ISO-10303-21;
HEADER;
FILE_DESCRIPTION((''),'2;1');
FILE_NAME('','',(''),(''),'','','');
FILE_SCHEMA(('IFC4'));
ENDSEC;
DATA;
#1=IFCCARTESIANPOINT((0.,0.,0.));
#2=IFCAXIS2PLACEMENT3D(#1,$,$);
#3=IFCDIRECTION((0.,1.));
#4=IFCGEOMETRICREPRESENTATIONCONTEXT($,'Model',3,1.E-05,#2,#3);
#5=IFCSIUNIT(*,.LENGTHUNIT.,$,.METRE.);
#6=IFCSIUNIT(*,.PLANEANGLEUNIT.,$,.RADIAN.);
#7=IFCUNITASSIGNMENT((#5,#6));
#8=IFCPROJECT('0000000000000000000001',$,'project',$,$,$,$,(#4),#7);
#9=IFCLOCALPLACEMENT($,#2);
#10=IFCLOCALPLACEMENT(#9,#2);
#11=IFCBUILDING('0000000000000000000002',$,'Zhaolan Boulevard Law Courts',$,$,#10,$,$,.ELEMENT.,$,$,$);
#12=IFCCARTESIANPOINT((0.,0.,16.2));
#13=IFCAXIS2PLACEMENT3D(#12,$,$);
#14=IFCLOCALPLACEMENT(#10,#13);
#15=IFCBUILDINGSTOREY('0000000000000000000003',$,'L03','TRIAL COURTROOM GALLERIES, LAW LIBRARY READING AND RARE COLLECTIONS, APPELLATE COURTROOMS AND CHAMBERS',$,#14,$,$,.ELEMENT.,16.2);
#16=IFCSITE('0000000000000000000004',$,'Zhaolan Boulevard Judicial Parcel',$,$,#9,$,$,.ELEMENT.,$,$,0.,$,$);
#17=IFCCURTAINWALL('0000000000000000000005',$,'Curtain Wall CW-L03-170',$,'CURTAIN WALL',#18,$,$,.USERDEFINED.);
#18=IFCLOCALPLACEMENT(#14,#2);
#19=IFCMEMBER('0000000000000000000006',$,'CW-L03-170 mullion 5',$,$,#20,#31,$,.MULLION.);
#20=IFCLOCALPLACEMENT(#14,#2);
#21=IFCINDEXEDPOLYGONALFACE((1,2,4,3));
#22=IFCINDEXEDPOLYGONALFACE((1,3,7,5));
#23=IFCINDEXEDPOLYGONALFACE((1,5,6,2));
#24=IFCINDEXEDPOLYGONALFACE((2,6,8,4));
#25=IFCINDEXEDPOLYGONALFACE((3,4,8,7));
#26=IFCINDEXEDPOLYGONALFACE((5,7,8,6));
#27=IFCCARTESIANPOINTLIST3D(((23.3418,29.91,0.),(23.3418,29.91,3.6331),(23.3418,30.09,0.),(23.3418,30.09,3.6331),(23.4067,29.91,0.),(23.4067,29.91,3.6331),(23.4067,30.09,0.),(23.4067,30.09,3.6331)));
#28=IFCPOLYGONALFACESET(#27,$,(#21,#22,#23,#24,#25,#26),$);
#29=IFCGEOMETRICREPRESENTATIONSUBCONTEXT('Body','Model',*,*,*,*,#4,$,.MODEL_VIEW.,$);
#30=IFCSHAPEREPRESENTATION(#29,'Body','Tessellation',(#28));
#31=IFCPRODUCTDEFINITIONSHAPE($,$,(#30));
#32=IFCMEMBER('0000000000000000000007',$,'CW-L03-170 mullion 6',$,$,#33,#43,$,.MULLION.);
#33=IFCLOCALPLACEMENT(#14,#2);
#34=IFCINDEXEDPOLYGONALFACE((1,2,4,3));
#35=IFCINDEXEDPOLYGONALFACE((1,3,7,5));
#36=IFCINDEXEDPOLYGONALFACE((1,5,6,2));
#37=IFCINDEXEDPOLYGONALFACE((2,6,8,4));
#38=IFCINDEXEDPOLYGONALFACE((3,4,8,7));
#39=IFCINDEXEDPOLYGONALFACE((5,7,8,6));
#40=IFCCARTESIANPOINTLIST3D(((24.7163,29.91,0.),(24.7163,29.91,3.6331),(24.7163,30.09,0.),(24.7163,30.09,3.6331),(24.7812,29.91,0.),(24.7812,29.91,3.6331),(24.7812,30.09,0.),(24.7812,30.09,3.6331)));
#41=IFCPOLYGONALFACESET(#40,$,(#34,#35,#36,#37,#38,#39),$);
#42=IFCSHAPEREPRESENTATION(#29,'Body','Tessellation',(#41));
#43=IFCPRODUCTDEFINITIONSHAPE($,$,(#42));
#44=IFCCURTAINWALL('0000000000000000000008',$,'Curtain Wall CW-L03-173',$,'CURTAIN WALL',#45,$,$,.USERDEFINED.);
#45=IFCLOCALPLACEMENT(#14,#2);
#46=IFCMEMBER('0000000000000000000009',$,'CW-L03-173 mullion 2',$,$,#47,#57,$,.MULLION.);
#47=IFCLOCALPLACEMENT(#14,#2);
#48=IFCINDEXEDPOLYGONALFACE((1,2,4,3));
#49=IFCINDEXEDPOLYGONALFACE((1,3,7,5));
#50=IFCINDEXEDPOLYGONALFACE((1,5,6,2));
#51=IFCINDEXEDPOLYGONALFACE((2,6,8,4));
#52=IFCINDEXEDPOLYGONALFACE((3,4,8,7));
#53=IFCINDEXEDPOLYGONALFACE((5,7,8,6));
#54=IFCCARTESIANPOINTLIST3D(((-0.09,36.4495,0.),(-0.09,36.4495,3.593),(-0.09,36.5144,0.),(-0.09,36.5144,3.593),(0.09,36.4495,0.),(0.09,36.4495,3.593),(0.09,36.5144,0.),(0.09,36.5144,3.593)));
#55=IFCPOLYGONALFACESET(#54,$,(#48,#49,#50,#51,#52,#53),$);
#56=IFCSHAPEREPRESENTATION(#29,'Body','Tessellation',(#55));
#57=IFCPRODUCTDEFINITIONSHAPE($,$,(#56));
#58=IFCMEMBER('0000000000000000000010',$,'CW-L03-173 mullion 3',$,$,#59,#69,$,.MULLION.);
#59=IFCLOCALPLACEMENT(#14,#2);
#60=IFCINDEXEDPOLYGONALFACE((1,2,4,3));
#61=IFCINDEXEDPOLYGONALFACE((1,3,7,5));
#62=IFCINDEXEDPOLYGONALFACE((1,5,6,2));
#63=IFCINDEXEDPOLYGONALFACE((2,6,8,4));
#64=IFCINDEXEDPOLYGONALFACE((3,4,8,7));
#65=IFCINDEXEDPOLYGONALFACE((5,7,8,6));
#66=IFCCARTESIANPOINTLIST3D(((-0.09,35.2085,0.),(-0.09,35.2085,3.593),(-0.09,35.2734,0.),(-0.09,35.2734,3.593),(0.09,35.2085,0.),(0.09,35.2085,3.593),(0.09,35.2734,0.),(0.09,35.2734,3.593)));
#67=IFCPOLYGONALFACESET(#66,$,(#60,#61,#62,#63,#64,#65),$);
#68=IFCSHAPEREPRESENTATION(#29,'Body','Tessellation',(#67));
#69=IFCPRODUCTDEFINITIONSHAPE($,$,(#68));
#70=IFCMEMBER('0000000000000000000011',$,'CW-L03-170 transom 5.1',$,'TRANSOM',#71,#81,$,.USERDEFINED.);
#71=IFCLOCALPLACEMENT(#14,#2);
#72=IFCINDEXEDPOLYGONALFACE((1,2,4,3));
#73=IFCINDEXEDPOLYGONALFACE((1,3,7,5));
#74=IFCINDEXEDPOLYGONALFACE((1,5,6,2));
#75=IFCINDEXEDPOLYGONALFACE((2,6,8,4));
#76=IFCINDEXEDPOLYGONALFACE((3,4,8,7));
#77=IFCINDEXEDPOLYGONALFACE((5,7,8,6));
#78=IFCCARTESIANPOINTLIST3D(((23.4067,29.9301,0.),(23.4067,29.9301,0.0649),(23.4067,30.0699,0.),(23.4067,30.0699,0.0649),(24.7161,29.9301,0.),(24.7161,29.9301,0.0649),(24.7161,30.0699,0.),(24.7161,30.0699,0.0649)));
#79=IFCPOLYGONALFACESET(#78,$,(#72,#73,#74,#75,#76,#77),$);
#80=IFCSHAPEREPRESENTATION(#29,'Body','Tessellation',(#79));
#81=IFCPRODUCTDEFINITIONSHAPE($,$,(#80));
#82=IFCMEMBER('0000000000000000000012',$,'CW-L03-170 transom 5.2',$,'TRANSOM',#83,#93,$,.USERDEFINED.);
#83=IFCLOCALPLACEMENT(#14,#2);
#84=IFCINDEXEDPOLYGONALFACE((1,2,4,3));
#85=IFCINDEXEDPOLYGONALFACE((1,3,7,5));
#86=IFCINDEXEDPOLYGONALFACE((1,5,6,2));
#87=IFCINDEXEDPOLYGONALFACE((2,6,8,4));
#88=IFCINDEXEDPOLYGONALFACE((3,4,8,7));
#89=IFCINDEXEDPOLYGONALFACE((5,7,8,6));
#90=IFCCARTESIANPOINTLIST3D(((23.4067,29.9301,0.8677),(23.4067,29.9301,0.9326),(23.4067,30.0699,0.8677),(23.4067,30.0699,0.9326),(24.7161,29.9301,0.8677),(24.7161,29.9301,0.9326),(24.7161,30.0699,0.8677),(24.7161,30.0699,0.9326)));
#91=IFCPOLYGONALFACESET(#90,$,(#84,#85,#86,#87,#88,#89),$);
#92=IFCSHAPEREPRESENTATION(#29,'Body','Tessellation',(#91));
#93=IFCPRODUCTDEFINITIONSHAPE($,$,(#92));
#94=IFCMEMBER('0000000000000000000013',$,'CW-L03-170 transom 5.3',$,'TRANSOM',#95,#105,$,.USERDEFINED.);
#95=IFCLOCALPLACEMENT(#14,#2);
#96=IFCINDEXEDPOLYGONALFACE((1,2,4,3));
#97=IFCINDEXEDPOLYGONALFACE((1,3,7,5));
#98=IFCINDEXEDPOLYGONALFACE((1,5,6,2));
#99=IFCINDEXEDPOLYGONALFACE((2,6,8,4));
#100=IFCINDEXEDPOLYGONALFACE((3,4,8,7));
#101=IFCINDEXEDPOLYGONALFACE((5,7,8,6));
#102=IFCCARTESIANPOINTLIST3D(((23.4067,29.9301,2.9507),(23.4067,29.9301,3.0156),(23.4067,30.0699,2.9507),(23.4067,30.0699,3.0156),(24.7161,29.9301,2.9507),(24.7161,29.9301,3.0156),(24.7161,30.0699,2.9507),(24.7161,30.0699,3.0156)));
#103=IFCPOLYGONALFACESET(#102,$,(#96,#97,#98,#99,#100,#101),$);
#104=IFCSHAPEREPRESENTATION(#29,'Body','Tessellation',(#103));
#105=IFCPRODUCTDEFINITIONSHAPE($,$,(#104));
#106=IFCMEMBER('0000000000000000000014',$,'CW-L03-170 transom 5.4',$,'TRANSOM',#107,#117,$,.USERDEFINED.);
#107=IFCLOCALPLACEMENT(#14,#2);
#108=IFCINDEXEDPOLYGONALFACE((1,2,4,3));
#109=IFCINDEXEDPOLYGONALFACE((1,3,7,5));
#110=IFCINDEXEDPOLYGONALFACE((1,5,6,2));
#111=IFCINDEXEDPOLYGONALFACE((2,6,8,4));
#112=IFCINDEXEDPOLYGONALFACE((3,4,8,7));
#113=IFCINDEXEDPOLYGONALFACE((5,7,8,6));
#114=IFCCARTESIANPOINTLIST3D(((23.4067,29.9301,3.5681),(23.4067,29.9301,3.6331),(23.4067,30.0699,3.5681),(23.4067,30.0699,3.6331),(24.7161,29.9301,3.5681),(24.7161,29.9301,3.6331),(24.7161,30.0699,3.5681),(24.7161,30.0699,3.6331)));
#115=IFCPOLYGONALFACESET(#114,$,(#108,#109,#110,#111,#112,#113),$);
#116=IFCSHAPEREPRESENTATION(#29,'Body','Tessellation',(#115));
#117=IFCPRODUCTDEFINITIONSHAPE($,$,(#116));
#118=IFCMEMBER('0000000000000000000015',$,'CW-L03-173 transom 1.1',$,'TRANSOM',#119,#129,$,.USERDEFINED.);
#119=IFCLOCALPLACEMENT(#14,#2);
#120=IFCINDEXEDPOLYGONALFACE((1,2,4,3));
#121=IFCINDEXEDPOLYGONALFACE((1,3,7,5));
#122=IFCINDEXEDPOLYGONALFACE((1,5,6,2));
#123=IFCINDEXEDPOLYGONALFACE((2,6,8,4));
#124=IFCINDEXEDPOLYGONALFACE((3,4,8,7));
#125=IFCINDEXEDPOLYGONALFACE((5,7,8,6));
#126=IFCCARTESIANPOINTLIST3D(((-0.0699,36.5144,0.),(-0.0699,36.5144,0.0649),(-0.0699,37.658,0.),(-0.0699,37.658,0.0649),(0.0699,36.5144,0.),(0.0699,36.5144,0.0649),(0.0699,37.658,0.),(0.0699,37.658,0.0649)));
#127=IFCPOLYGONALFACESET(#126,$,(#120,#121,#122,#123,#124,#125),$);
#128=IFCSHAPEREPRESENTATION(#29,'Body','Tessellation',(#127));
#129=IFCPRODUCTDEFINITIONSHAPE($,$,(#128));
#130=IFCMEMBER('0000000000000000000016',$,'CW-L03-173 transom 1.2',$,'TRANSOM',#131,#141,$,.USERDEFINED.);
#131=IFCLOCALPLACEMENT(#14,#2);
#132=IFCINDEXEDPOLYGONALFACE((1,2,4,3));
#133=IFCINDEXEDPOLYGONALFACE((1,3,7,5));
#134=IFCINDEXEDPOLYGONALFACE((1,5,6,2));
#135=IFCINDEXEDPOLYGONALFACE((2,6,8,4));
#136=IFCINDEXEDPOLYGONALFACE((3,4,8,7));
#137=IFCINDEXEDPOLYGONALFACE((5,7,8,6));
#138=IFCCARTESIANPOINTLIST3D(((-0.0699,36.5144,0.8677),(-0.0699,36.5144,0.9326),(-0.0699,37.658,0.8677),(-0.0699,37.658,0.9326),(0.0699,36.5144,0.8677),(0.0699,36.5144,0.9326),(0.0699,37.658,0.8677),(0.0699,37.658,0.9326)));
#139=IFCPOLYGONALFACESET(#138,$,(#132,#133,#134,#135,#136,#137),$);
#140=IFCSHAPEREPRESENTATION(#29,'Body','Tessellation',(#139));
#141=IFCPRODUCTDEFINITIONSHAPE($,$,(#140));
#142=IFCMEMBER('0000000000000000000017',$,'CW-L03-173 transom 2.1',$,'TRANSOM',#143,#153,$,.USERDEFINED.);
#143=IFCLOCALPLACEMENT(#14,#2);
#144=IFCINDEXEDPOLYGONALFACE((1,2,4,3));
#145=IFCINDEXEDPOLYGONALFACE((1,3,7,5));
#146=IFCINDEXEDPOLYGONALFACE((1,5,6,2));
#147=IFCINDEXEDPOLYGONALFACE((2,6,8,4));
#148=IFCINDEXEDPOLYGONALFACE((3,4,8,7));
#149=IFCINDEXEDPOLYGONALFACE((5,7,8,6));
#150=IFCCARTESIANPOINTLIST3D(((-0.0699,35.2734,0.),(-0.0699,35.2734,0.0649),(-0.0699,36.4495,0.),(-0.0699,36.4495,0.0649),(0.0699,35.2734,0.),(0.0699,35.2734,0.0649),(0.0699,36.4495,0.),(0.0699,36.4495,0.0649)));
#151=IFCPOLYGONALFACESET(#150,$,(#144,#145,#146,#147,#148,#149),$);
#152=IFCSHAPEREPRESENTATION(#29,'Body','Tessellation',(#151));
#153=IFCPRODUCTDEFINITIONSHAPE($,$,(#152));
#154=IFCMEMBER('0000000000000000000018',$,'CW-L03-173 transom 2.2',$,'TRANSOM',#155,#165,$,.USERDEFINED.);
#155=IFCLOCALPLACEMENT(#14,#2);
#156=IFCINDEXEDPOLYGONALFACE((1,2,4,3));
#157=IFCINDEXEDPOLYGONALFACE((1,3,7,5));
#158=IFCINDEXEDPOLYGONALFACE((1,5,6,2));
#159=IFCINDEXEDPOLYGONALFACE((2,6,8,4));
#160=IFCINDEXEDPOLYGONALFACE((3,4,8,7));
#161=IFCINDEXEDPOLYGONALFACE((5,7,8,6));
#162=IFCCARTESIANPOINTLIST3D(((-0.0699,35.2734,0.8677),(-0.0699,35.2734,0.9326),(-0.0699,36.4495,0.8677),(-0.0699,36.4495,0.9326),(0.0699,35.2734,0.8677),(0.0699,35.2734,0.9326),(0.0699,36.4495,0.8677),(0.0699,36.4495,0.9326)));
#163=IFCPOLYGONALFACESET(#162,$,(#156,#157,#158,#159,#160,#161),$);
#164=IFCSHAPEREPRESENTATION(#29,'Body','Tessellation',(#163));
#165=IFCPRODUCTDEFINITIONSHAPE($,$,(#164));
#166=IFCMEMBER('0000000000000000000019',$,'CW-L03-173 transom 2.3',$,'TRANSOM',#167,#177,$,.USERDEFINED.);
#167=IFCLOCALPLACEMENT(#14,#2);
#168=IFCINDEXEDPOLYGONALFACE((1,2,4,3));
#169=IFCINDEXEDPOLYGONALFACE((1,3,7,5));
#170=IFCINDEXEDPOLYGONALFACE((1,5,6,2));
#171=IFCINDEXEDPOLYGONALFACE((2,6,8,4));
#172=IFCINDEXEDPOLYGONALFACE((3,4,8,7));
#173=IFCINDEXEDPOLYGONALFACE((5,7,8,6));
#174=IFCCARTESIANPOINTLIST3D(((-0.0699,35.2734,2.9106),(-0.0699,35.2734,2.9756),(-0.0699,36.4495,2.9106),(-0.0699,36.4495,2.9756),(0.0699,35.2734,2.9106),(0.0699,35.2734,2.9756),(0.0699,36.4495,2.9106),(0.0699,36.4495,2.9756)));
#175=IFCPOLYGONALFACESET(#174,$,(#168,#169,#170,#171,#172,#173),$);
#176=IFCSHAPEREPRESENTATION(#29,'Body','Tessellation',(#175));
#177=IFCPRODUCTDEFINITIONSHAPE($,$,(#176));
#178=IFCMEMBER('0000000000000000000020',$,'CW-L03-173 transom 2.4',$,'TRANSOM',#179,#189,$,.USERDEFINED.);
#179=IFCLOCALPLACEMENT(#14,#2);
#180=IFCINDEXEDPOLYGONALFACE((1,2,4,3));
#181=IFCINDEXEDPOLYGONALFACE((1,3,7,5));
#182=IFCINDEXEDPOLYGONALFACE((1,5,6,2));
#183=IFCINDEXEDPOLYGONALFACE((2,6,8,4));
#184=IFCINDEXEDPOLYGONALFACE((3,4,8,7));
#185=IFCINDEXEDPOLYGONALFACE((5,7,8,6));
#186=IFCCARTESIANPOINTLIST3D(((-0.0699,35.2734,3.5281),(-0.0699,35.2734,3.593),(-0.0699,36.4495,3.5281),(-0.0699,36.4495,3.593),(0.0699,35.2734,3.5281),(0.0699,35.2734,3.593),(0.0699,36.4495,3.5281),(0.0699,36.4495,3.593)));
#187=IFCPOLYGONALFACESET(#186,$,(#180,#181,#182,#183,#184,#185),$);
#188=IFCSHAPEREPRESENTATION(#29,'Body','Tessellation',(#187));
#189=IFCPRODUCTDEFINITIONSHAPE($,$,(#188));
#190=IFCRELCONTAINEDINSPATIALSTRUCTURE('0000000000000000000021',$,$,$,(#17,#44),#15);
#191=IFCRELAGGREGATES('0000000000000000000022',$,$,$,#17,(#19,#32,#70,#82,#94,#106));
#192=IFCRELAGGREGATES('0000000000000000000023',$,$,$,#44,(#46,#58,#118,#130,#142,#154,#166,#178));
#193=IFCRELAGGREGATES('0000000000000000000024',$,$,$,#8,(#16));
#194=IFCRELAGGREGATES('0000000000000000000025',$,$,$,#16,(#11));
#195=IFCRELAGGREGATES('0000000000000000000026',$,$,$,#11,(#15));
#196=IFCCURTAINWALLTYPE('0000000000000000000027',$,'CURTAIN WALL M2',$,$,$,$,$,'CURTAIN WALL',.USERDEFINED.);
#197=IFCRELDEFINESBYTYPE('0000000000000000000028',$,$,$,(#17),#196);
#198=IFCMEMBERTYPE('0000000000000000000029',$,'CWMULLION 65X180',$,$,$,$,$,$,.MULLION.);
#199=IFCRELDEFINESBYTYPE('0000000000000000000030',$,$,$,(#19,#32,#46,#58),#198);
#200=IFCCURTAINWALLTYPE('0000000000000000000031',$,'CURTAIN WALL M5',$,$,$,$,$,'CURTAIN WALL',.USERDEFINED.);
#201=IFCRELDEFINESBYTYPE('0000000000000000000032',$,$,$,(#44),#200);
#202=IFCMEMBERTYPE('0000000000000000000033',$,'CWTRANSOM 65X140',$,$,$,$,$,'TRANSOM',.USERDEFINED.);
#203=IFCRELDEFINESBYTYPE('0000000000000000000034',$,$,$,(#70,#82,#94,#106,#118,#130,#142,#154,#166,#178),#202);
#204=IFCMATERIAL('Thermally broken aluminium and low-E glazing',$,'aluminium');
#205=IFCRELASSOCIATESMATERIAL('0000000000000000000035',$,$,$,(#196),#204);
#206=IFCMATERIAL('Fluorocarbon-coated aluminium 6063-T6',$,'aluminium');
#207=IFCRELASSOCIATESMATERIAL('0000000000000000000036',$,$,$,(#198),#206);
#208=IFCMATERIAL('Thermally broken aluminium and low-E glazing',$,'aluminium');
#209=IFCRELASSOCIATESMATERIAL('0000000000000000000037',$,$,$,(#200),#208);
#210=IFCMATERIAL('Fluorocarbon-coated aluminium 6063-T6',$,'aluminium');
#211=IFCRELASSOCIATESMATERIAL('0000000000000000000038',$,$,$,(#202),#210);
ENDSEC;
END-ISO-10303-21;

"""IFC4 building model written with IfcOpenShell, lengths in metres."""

from ifc_helpers import new_model, si_unit, direction, frame, origin, origin_2d, place, context, subcontext, project, spatial, rectangle, extrude, material, material_profile, profile_set, type_object, element, aggregate, save


model = new_model("IFC4")

# Units and contexts
model_context = context("Model", 3, precision=1e-05, world=origin(), true_north=direction((0.0, 1.0)))
body_context = subcontext(model_context, "Body", "Model", "MODEL_VIEW")
ifc_project = project(units=[si_unit("LENGTHUNIT", "METRE"), si_unit("PLANEANGLEUNIT", "RADIAN")], contexts=[model_context])

# Site, building, storey
site_placement = place(None, origin())
site = spatial("IfcSite", under=ifc_project, at=site_placement, Name="Zhaolan Boulevard Judicial Parcel", CompositionType="ELEMENT", RefElevation=0.0)
building_placement = place(site_placement, origin())
building = spatial("IfcBuilding", under=site, at=building_placement, Name="Zhaolan Boulevard Law Courts", CompositionType="ELEMENT")
storey_placement = place(building_placement, frame((0.0, 0.0, 16.2)))
storey = spatial("IfcBuildingStorey", under=building, at=storey_placement, Name="L03", Description="TRIAL COURTROOM GALLERIES, LAW LIBRARY READING AND RARE COLLECTIONS, APPELLATE COURTROOMS AND CHAMBERS", CompositionType="ELEMENT", Elevation=16.2)

# Curtain walls, members
ifc_material_1 = material(Name="Thermally broken aluminium and low-E glazing", Category="aluminium")
curtain_wall_type_1 = type_object("IfcCurtainWallType", Name="CURTAIN WALL M2", ElementType="CURTAIN WALL", PredefinedType="USERDEFINED", material=ifc_material_1)
curtain_wall_1_placement = place(storey_placement, origin())
curtain_wall_1 = element("IfcCurtainWall", 1, at=curtain_wall_1_placement, inside=storey, type_object=curtain_wall_type_1, Name="Curtain Wall CW-L03-170", ObjectType="CURTAIN WALL", PredefinedType="USERDEFINED")
ifc_material_2 = material(Name="Fluorocarbon-coated aluminium 6063-T6", Category="aluminium")
ifc_material_profile_1 = material_profile(ifc_material_2, rectangle(XDim=0.1799, YDim=0.0649, at=origin_2d()), Name="AL65x180")
ifc_profile_set_1 = profile_set([ifc_material_profile_1], Name="Fluorocarbon-coated aluminium 6063-T6")
member_type_1 = type_object("IfcMemberType", Name="CWMULLION 65X180", PredefinedType="MULLION", material=ifc_profile_set_1)
member_1_placement = place(storey_placement, frame((23.3743, 30.0, 0.0), z_axis=(0.0, 0.0, 1.0), x_axis=(0.0, 1.0, 0.0)))
member_1 = element("IfcMember", 2, at=member_1_placement, type_object=member_type_1, Name="CW-L03-170 mullion 5", PredefinedType="MULLION", context=body_context, shape_type="SweptSolid", body=[
    extrude(rectangle(XDim=0.1799, YDim=0.0649, at=origin_2d()), origin(), (0.0, 0.0, 1.0), 3.6331),
])
member_2_placement = place(storey_placement, frame((24.7488, 30.0, 0.0), z_axis=(0.0, 0.0, 1.0), x_axis=(0.0, 1.0, 0.0)))
member_2 = element("IfcMember", 3, at=member_2_placement, type_object=member_type_1, Name="CW-L03-170 mullion 6", PredefinedType="MULLION", context=body_context, shape_type="SweptSolid", body=[
    extrude(rectangle(XDim=0.1799, YDim=0.0649, at=origin_2d()), origin(), (0.0, 0.0, 1.0), 3.6331),
])
ifc_material_3 = material(Name="Thermally broken aluminium and low-E glazing", Category="aluminium")
curtain_wall_type_2 = type_object("IfcCurtainWallType", Name="CURTAIN WALL M5", ElementType="CURTAIN WALL", PredefinedType="USERDEFINED", material=ifc_material_3)
curtain_wall_2_placement = place(storey_placement, origin())
curtain_wall_2 = element("IfcCurtainWall", 4, at=curtain_wall_2_placement, inside=storey, type_object=curtain_wall_type_2, Name="Curtain Wall CW-L03-173", ObjectType="CURTAIN WALL", PredefinedType="USERDEFINED")
member_3_placement = place(storey_placement, frame((0.0, 36.4819, 0.0), z_axis=(0.0, 0.0, 1.0), x_axis=(1.0, 0.0, 0.0)))
member_3 = element("IfcMember", 5, at=member_3_placement, type_object=member_type_1, Name="CW-L03-173 mullion 2", PredefinedType="MULLION", context=body_context, shape_type="SweptSolid", body=[
    extrude(rectangle(XDim=0.1799, YDim=0.0649, at=origin_2d()), origin(), (0.0, 0.0, 1.0), 3.593),
])
member_4_placement = place(storey_placement, frame((0.0, 35.241, 0.0), z_axis=(0.0, 0.0, 1.0), x_axis=(1.0, 0.0, 0.0)))
member_4 = element("IfcMember", 6, at=member_4_placement, type_object=member_type_1, Name="CW-L03-173 mullion 3", PredefinedType="MULLION", context=body_context, shape_type="SweptSolid", body=[
    extrude(rectangle(XDim=0.1799, YDim=0.0649, at=origin_2d()), origin(), (0.0, 0.0, 1.0), 3.593),
])

# Members
ifc_material_4 = material(Name="Fluorocarbon-coated aluminium 6063-T6", Category="aluminium")
ifc_material_profile_2 = material_profile(ifc_material_4, rectangle(XDim=0.1399, YDim=0.0649, at=origin_2d()), Name="AL65x140")
ifc_profile_set_2 = profile_set([ifc_material_profile_2], Name="Fluorocarbon-coated aluminium 6063-T6")
member_type_2 = type_object("IfcMemberType", Name="CWTRANSOM 65X140", ElementType="TRANSOM", PredefinedType="USERDEFINED", material=ifc_profile_set_2)
member_5_placement = place(storey_placement, frame((23.4067, 30.0, 0.0325), z_axis=(1.0, 0.0, 0.0), x_axis=(0.0, 1.0, 0.0)))
member_5 = element("IfcMember", 7, at=member_5_placement, type_object=member_type_2, Name="CW-L03-170 transom 5.1", ObjectType="TRANSOM", PredefinedType="USERDEFINED", context=body_context, shape_type="SweptSolid", body=[
    extrude(rectangle(XDim=0.1399, YDim=0.0649, at=origin_2d()), origin(), (0.0, 0.0, 1.0), 1.3093),
])
member_6_placement = place(storey_placement, frame((23.4067, 30.0, 0.9001), z_axis=(1.0, 0.0, 0.0), x_axis=(0.0, 1.0, 0.0)))
member_6 = element("IfcMember", 8, at=member_6_placement, type_object=member_type_2, Name="CW-L03-170 transom 5.2", ObjectType="TRANSOM", PredefinedType="USERDEFINED", context=body_context, shape_type="SweptSolid", body=[
    extrude(rectangle(XDim=0.1399, YDim=0.0649, at=origin_2d()), origin(), (0.0, 0.0, 1.0), 1.3093),
])
member_7_placement = place(storey_placement, frame((23.4067, 30.0, 2.9832), z_axis=(1.0, 0.0, 0.0), x_axis=(0.0, 1.0, 0.0)))
member_7 = element("IfcMember", 9, at=member_7_placement, type_object=member_type_2, Name="CW-L03-170 transom 5.3", ObjectType="TRANSOM", PredefinedType="USERDEFINED", context=body_context, shape_type="SweptSolid", body=[
    extrude(rectangle(XDim=0.1399, YDim=0.0649, at=origin_2d()), origin(), (0.0, 0.0, 1.0), 1.3093),
])
member_8_placement = place(storey_placement, frame((23.4067, 30.0, 3.6006), z_axis=(1.0, 0.0, 0.0), x_axis=(0.0, 1.0, 0.0)))
member_8 = element("IfcMember", 10, at=member_8_placement, type_object=member_type_2, Name="CW-L03-170 transom 5.4", ObjectType="TRANSOM", PredefinedType="USERDEFINED", context=body_context, shape_type="SweptSolid", body=[
    extrude(rectangle(XDim=0.1399, YDim=0.0649, at=origin_2d()), origin(), (0.0, 0.0, 1.0), 1.3093),
])
member_9_placement = place(storey_placement, frame((0.0, 37.658, 0.0325), z_axis=(0.0, -1.0, 0.0), x_axis=(1.0, 0.0, 0.0)))
member_9 = element("IfcMember", 11, at=member_9_placement, type_object=member_type_2, Name="CW-L03-173 transom 1.1", ObjectType="TRANSOM", PredefinedType="USERDEFINED", context=body_context, shape_type="SweptSolid", body=[
    extrude(rectangle(XDim=0.1399, YDim=0.0649, at=origin_2d()), origin(), (0.0, 0.0, 1.0), 1.1436),
])
member_10_placement = place(storey_placement, frame((0.0, 37.658, 0.9001), z_axis=(0.0, -1.0, 0.0), x_axis=(1.0, 0.0, 0.0)))
member_10 = element("IfcMember", 12, at=member_10_placement, type_object=member_type_2, Name="CW-L03-173 transom 1.2", ObjectType="TRANSOM", PredefinedType="USERDEFINED", context=body_context, shape_type="SweptSolid", body=[
    extrude(rectangle(XDim=0.1399, YDim=0.0649, at=origin_2d()), origin(), (0.0, 0.0, 1.0), 1.1436),
])
member_11_placement = place(storey_placement, frame((0.0, 36.4495, 0.0325), z_axis=(0.0, -1.0, 0.0), x_axis=(1.0, 0.0, 0.0)))
member_11 = element("IfcMember", 13, at=member_11_placement, type_object=member_type_2, Name="CW-L03-173 transom 2.1", ObjectType="TRANSOM", PredefinedType="USERDEFINED", context=body_context, shape_type="SweptSolid", body=[
    extrude(rectangle(XDim=0.1399, YDim=0.0649, at=origin_2d()), origin(), (0.0, 0.0, 1.0), 1.176),
])
member_12_placement = place(storey_placement, frame((0.0, 36.4495, 0.9001), z_axis=(0.0, -1.0, 0.0), x_axis=(1.0, 0.0, 0.0)))
member_12 = element("IfcMember", 14, at=member_12_placement, type_object=member_type_2, Name="CW-L03-173 transom 2.2", ObjectType="TRANSOM", PredefinedType="USERDEFINED", context=body_context, shape_type="SweptSolid", body=[
    extrude(rectangle(XDim=0.1399, YDim=0.0649, at=origin_2d()), origin(), (0.0, 0.0, 1.0), 1.176),
])
member_13_placement = place(storey_placement, frame((0.0, 36.4495, 2.9431), z_axis=(0.0, -1.0, 0.0), x_axis=(1.0, 0.0, 0.0)))
member_13 = element("IfcMember", 15, at=member_13_placement, type_object=member_type_2, Name="CW-L03-173 transom 2.3", ObjectType="TRANSOM", PredefinedType="USERDEFINED", context=body_context, shape_type="SweptSolid", body=[
    extrude(rectangle(XDim=0.1399, YDim=0.0649, at=origin_2d()), origin(), (0.0, 0.0, 1.0), 1.176),
])
member_14_placement = place(storey_placement, frame((0.0, 36.4495, 3.5605), z_axis=(0.0, -1.0, 0.0), x_axis=(1.0, 0.0, 0.0)))
member_14 = element("IfcMember", 16, at=member_14_placement, type_object=member_type_2, Name="CW-L03-173 transom 2.4", ObjectType="TRANSOM", PredefinedType="USERDEFINED", context=body_context, shape_type="SweptSolid", body=[
    extrude(rectangle(XDim=0.1399, YDim=0.0649, at=origin_2d()), origin(), (0.0, 0.0, 1.0), 1.176),
])

aggregate(curtain_wall_1, [member_1, member_2, member_5, member_6, member_7, member_8])
aggregate(curtain_wall_2, [member_3, member_4, member_9, member_10, member_11, member_12, member_13, member_14])

save(model, "model.ifc")
